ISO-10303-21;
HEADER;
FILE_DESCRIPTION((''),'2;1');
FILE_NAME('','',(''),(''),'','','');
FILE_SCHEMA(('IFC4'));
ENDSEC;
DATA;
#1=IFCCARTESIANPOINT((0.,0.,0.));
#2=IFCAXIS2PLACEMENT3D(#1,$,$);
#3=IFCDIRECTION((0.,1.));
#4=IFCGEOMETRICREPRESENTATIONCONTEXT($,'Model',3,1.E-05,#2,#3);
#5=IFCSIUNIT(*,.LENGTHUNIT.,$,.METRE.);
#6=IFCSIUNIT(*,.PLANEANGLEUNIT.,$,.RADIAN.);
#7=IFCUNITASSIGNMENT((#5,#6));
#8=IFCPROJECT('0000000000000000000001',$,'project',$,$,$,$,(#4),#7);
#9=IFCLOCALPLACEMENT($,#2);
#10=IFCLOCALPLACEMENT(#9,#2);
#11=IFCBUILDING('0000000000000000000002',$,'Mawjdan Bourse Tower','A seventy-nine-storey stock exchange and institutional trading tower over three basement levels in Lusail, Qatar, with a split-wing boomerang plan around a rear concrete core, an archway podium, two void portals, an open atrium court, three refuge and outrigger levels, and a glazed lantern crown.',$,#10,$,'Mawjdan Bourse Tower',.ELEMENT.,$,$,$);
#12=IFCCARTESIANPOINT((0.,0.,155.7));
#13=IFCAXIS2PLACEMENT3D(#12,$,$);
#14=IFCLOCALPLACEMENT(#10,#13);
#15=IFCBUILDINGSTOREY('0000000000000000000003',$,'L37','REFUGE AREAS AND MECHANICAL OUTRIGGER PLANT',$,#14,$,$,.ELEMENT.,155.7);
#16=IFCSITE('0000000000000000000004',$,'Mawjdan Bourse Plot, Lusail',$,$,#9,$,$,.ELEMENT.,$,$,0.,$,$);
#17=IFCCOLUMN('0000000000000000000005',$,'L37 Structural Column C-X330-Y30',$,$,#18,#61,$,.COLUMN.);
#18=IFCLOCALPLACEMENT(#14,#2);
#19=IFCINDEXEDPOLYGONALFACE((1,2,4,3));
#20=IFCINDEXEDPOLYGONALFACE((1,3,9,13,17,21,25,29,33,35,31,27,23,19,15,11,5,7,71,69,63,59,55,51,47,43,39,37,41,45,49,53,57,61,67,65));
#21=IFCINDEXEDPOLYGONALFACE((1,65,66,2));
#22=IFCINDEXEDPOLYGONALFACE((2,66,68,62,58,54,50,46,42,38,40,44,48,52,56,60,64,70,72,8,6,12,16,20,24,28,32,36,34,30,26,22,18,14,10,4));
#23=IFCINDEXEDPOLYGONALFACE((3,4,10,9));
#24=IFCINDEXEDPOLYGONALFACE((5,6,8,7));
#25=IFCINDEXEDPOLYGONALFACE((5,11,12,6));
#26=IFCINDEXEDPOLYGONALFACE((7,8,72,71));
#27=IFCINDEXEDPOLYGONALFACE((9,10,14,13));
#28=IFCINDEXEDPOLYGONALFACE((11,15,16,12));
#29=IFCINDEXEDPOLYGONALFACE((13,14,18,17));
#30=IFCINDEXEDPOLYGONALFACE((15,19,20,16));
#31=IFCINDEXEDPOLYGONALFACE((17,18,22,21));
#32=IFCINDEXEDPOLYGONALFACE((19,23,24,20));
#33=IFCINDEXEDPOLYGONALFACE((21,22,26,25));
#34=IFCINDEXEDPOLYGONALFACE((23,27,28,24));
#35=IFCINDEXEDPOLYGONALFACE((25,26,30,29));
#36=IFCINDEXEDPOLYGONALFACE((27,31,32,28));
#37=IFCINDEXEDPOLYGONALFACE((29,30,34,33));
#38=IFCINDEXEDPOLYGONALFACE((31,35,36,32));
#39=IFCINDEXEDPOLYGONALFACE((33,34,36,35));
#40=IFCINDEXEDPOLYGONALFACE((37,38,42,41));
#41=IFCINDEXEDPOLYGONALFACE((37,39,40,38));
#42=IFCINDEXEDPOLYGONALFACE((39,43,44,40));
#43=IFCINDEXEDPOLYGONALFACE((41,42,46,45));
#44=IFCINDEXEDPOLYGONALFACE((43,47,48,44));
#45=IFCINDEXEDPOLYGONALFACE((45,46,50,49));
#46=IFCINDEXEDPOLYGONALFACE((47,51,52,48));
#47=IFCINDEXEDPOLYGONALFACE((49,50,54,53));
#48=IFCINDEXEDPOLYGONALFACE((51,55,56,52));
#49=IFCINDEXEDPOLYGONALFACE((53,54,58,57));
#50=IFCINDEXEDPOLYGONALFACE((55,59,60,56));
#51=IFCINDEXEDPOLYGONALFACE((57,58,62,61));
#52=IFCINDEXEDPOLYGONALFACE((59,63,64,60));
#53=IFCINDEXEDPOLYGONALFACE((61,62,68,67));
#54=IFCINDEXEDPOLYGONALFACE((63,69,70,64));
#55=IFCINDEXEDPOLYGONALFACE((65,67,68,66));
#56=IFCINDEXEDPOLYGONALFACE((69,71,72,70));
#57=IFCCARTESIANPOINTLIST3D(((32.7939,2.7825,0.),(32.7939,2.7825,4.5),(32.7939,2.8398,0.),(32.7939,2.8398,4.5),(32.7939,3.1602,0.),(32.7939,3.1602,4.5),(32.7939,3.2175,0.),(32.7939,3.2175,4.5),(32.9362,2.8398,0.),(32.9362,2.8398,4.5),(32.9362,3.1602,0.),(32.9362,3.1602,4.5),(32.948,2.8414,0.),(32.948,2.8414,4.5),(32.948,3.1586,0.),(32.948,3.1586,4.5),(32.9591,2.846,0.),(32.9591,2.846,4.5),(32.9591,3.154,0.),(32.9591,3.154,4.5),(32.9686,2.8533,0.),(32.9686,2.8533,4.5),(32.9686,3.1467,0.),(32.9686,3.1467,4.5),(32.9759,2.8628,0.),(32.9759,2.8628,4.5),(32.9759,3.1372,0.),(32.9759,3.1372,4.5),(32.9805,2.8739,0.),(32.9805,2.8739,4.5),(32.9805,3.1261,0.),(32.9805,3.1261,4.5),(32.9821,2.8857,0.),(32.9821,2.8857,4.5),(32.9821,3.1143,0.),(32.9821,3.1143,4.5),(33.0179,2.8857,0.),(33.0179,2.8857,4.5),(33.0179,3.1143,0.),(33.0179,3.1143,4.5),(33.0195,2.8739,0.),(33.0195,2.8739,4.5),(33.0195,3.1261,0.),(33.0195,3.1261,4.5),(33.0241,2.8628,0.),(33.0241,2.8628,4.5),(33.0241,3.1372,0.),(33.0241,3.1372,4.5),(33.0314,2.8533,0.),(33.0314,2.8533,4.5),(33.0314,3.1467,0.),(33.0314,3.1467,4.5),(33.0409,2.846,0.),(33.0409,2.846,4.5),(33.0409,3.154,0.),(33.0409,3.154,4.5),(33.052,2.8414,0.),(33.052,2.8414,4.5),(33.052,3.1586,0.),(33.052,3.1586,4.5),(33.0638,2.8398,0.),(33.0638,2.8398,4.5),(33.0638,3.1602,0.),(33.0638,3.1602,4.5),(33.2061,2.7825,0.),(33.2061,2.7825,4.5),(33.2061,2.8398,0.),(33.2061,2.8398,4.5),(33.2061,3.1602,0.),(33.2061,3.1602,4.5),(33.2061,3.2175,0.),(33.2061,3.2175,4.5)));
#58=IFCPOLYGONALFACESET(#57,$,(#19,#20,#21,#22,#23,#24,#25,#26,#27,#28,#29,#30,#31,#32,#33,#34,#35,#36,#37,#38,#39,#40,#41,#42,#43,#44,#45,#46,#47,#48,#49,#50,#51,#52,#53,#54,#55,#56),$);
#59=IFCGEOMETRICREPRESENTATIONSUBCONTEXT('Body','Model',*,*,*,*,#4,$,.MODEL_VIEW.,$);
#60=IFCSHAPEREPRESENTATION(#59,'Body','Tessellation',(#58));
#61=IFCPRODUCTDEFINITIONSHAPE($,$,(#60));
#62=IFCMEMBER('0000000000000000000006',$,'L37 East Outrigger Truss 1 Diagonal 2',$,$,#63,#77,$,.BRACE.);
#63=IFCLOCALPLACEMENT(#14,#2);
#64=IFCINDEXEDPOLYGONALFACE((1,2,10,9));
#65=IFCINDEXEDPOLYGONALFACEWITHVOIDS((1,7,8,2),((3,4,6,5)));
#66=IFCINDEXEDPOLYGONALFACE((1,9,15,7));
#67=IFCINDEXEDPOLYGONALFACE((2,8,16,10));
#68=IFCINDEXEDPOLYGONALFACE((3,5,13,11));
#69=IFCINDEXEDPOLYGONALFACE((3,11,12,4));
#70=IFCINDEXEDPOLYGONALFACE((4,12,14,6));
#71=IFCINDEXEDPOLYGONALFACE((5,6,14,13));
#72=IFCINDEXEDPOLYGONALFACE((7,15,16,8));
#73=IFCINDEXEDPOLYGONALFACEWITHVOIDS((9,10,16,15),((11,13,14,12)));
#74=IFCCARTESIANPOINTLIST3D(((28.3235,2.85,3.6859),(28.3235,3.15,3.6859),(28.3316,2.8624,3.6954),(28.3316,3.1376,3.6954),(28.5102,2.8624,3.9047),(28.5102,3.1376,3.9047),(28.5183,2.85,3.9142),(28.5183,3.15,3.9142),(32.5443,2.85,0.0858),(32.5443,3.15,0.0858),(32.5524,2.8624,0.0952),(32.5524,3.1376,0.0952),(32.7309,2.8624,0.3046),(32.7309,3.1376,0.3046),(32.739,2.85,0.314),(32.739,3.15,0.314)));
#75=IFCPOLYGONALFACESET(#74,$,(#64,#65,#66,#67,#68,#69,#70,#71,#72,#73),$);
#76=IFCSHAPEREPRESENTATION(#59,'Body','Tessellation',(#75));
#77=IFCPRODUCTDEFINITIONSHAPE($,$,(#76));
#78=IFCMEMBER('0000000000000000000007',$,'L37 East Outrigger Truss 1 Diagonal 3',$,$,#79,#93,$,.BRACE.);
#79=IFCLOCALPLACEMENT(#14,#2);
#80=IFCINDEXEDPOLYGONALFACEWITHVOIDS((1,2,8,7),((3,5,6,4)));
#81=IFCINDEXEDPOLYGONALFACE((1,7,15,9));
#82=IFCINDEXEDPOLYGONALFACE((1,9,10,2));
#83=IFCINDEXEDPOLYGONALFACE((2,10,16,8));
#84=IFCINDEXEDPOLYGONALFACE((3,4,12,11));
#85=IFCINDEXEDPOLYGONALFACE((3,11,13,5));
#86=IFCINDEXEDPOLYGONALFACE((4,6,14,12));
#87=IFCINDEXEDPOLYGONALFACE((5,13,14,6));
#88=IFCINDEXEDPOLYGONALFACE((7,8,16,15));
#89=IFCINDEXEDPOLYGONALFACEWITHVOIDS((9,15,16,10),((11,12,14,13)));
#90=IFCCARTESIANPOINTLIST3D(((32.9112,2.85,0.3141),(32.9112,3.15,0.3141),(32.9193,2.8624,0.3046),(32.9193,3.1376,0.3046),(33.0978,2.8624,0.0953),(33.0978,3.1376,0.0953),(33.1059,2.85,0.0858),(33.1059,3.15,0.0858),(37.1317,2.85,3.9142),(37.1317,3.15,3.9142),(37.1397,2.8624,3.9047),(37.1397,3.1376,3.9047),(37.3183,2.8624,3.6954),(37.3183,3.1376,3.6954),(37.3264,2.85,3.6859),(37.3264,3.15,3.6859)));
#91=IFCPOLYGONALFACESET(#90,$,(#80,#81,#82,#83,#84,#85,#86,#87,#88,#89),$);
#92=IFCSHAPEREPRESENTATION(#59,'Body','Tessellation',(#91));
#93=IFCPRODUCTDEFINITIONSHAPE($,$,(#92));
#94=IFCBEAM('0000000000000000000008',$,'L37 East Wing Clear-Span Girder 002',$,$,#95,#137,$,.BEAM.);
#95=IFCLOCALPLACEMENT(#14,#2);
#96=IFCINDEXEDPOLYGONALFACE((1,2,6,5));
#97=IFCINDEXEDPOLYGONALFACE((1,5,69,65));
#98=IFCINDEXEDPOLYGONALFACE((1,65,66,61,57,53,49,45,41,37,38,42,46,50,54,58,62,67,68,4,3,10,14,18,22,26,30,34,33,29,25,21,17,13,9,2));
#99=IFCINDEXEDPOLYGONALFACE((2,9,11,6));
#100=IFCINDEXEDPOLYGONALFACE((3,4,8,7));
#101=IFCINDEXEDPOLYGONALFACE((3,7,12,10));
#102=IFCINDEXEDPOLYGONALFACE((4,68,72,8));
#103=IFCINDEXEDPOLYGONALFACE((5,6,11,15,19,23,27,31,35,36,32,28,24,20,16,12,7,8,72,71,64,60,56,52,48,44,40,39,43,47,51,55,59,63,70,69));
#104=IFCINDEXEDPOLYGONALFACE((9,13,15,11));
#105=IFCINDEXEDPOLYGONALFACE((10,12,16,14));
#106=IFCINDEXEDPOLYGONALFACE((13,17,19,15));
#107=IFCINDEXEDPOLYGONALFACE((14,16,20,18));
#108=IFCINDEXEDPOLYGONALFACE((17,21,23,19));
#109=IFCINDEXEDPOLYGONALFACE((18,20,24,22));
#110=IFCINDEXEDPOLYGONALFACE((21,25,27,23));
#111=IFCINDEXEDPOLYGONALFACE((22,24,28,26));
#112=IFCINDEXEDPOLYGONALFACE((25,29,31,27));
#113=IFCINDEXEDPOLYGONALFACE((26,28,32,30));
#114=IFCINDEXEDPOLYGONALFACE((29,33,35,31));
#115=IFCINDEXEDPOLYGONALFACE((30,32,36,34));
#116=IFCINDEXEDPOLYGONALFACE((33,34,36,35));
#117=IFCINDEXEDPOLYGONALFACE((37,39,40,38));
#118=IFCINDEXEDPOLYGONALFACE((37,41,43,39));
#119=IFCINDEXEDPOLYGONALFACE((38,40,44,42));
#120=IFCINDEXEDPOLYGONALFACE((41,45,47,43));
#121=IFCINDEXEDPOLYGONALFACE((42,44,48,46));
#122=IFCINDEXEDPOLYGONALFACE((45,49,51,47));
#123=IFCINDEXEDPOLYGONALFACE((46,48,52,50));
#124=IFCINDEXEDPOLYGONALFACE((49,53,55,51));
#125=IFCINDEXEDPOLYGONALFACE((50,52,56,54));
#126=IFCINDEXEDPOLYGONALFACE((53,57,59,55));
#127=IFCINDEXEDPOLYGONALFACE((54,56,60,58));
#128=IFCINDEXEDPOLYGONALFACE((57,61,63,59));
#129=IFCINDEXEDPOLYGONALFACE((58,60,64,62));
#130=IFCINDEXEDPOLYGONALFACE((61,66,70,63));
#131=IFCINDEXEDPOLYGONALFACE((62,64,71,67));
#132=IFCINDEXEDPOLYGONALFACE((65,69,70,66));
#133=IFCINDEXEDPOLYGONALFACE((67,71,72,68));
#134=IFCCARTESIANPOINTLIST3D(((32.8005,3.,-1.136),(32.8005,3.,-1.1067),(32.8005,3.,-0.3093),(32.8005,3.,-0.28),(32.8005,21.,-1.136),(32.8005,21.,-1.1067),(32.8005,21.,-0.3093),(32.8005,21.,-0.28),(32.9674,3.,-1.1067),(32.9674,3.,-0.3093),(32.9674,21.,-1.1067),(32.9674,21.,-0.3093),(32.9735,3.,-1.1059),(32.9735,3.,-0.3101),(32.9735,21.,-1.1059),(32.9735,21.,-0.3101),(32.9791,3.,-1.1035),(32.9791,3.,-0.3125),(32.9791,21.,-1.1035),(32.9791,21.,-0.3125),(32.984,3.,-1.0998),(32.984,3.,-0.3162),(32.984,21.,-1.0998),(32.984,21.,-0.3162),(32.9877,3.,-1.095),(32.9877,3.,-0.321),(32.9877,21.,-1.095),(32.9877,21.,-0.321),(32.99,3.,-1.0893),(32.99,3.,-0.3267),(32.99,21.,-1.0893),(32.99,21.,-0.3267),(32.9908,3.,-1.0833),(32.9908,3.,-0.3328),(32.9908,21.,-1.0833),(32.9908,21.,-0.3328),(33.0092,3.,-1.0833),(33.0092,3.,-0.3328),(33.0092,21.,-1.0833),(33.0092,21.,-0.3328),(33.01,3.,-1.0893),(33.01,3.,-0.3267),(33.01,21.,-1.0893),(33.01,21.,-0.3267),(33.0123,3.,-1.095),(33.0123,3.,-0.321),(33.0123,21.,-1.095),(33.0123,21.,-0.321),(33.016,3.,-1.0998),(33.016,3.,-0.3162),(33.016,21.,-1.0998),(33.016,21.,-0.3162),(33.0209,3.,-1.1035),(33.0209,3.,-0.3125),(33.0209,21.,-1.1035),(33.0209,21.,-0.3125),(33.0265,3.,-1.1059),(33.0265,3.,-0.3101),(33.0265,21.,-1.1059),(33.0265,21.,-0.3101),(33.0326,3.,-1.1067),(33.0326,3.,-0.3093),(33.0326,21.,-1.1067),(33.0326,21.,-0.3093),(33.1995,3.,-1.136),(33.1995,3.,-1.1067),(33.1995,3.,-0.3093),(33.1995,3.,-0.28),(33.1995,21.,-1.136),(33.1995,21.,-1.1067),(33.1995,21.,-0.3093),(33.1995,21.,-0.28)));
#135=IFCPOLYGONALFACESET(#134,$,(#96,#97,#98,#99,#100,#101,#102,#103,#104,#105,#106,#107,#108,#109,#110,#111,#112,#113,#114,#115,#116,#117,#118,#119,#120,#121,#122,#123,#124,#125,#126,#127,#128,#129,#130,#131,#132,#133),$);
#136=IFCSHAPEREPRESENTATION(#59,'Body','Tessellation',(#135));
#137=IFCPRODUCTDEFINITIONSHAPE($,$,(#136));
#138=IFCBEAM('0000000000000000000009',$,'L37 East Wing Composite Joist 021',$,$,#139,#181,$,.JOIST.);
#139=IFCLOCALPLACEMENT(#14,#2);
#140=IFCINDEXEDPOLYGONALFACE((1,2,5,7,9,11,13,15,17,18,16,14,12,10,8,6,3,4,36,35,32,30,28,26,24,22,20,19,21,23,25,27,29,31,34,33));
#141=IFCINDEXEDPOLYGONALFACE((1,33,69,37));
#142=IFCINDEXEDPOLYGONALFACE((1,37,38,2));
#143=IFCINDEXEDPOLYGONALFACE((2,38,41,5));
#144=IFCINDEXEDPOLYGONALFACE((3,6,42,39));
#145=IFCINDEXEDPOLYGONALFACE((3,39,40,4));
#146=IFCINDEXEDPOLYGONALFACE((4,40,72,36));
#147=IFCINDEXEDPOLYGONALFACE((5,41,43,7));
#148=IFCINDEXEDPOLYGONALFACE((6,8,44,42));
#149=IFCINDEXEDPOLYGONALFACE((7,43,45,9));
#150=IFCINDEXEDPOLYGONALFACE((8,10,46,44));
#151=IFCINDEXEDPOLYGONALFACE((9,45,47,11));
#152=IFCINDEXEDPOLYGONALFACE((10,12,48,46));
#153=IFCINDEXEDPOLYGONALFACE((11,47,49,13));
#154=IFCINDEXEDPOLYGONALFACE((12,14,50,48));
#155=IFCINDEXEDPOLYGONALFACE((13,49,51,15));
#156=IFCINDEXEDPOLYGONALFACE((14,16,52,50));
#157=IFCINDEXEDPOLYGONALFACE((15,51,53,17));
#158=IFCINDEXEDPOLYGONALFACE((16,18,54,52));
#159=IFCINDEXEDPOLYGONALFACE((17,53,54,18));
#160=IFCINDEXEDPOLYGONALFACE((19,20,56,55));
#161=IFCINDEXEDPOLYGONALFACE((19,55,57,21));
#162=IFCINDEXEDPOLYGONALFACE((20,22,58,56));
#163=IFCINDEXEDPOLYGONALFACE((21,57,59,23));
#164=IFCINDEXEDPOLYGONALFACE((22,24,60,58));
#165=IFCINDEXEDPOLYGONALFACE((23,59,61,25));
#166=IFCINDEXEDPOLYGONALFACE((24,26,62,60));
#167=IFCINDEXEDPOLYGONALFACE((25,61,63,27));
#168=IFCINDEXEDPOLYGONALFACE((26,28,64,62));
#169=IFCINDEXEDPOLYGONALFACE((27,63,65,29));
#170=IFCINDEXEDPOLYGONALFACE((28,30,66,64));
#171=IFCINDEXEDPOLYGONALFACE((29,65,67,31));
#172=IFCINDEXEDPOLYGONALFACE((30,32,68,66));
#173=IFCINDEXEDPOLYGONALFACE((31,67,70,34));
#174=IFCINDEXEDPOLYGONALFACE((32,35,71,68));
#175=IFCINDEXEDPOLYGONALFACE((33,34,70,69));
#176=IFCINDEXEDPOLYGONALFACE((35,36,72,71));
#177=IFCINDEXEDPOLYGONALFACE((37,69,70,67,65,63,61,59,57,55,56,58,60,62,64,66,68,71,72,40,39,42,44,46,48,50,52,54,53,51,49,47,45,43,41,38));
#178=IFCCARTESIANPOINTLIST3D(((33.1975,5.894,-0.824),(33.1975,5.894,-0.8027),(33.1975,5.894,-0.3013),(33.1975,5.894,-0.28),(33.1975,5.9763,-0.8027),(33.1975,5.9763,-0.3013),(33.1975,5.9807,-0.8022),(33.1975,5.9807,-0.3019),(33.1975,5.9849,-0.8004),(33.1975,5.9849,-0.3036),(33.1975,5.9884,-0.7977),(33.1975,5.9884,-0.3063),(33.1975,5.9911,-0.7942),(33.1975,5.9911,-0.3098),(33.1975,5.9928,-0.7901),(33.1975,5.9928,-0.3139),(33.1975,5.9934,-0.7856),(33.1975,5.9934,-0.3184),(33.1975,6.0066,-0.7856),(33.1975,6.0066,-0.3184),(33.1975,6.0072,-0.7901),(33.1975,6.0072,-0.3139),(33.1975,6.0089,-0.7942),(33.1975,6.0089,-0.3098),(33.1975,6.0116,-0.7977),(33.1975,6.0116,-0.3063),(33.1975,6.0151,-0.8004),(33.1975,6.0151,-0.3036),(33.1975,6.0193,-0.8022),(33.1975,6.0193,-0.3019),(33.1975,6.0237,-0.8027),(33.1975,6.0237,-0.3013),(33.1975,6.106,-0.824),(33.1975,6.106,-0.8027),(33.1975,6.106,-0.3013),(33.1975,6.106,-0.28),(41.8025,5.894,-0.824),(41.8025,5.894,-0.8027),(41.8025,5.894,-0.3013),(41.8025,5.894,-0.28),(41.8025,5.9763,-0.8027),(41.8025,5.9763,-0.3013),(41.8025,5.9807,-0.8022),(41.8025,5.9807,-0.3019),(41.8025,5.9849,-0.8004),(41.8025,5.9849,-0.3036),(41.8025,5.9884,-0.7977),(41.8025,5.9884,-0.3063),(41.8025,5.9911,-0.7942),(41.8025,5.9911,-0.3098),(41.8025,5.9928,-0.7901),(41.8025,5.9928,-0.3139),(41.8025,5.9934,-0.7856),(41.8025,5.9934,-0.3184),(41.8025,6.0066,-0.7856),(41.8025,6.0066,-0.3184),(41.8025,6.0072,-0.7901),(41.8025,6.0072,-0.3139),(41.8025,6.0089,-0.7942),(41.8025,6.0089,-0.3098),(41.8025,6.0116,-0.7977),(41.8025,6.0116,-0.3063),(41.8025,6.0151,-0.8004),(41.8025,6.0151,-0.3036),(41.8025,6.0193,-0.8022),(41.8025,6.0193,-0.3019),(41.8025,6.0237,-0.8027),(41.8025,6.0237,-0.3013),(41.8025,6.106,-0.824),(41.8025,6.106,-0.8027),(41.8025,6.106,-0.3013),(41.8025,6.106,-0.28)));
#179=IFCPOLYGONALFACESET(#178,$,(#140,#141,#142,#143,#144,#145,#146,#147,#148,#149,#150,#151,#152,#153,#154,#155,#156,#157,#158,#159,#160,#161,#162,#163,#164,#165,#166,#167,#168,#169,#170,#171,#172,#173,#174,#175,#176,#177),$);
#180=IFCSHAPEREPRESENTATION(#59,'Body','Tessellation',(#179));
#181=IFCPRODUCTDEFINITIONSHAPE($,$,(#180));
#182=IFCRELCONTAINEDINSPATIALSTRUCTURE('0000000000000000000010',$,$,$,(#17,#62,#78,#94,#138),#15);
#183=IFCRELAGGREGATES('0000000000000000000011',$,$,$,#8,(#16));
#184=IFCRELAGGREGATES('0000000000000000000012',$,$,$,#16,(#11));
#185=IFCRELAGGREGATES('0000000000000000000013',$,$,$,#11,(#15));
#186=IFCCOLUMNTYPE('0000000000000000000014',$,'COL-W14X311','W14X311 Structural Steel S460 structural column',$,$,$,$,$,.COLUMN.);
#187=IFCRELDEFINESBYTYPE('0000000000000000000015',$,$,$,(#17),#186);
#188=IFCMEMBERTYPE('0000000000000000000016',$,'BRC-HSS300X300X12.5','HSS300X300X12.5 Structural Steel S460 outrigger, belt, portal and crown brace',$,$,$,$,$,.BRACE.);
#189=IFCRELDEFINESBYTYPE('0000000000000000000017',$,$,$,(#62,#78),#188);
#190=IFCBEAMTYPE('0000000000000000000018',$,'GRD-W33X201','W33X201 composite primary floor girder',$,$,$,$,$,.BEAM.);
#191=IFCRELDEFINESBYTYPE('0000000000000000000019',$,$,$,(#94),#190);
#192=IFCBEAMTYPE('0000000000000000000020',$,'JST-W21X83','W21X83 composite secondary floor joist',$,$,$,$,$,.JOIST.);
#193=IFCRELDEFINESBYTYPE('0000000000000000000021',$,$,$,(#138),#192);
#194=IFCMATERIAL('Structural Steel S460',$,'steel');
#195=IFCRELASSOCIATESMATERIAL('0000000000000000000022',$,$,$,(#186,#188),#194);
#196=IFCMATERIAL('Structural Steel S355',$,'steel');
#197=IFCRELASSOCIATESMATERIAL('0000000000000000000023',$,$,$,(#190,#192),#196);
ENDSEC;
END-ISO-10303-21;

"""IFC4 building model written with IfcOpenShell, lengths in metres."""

from ifc_helpers import new_model, si_unit, direction, frame, origin, origin_2d, place, context, subcontext, project, spatial, hollow_rectangle, i_section, extrude, material, material_profile, profile_set, type_object, element, save


model = new_model("IFC4")

# Units and contexts
model_context = context("Model", 3, precision=1e-05, world=origin(), true_north=direction((0.0, 1.0)))
body_context = subcontext(model_context, "Body", "Model", "MODEL_VIEW")
ifc_project = project(units=[si_unit("LENGTHUNIT", "METRE"), si_unit("PLANEANGLEUNIT", "RADIAN")], contexts=[model_context])

# Site, building, storey
site_placement = place(None, origin())
site = spatial("IfcSite", under=ifc_project, at=site_placement, Name="Mawjdan Bourse Plot, Lusail", CompositionType="ELEMENT", RefElevation=0.0)
building_placement = place(site_placement, origin())
building = spatial("IfcBuilding", under=site, at=building_placement, Name="Mawjdan Bourse Tower", Description="A seventy-nine-storey stock exchange and institutional trading tower over three basement levels in Lusail, Qatar, with a split-wing boomerang plan around a rear concrete core, an archway podium, two void portals, an open atrium court, three refuge and outrigger levels, and a glazed lantern crown.", LongName="Mawjdan Bourse Tower", CompositionType="ELEMENT")
storey_placement = place(building_placement, frame((0.0, 0.0, 155.7)))
storey = spatial("IfcBuildingStorey", under=building, at=storey_placement, Name="L37", Description="REFUGE AREAS AND MECHANICAL OUTRIGGER PLANT", CompositionType="ELEMENT", Elevation=155.7)

# Column
ifc_material_1 = material(Name="Structural Steel S460", Category="steel")
ifc_material_profile_1 = material_profile(ifc_material_1, i_section(OverallWidth=0.4121, OverallDepth=0.4351, WebThickness=0.0359, FlangeThickness=0.0574, FilletRadius=0.0459, at=origin_2d()), Name="W14X311")
ifc_profile_set_1 = profile_set([ifc_material_profile_1], Name="Structural Steel S460")
column_type = type_object("IfcColumnType", Name="COL-W14X311", Description="W14X311 Structural Steel S460 structural column", PredefinedType="COLUMN", material=ifc_profile_set_1)
column_placement = place(storey_placement, frame((33.0, 3.0, 0.0), z_axis=(0.0, 0.0, 1.0), x_axis=(1.0, 0.0, 0.0)))
element("IfcColumn", 1, at=column_placement, inside=storey, type_object=column_type, Name="L37 Structural Column C-X330-Y30", PredefinedType="COLUMN", context=body_context, shape_type="SweptSolid", body=[
    extrude(i_section(OverallWidth=0.4121, OverallDepth=0.4351, WebThickness=0.0359, FlangeThickness=0.0574, FilletRadius=0.0459, at=origin_2d()), origin(), (0.0, 0.0, 1.0), 4.5),
])

# Members
ifc_material_profile_2 = material_profile(ifc_material_1, hollow_rectangle(XDim=0.3, YDim=0.3, WallThickness=0.0125, at=origin_2d()), Name="HSS300X300X12.5")
ifc_profile_set_2 = profile_set([ifc_material_profile_2], Name="Structural Steel S460")
member_type_1 = type_object("IfcMemberType", Name="BRC-HSS300X300X12.5", Description="HSS300X300X12.5 Structural Steel S460 outrigger, belt, portal and crown brace", PredefinedType="BRACE", material=ifc_profile_set_2)
member_1_placement = place(storey_placement, frame((28.4209, 3.0, 3.8), z_axis=(0.760826, 0.0, -0.648956), x_axis=(0.0, 1.0, 0.0)))
element("IfcMember", 2, at=member_1_placement, inside=storey, type_object=member_type_1, Name="L37 East Outrigger Truss 1 Diagonal 2", PredefinedType="BRACE", context=body_context, shape_type="SweptSolid", body=[
    extrude(hollow_rectangle(XDim=0.3, YDim=0.3, WallThickness=0.0125, at=origin_2d()), origin(), (0.0, 0.0, 1.0), 5.5476),
])
member_2_placement = place(storey_placement, frame((33.0085, 3.0, 0.2), z_axis=(0.760808, 0.0, 0.648977), x_axis=(0.0, 1.0, 0.0)))
element("IfcMember", 3, at=member_2_placement, inside=storey, type_object=member_type_1, Name="L37 East Outrigger Truss 1 Diagonal 3", PredefinedType="BRACE", context=body_context, shape_type="SweptSolid", body=[
    extrude(hollow_rectangle(XDim=0.3, YDim=0.3, WallThickness=0.0125, at=origin_2d()), origin(), (0.0, 0.0, 1.0), 5.5474),
])

# Beams
ifc_material_2 = material(Name="Structural Steel S355", Category="steel")
ifc_material_profile_3 = material_profile(ifc_material_2, i_section(OverallWidth=0.3989, OverallDepth=0.856, WebThickness=0.0183, FlangeThickness=0.0293, FilletRadius=0.0234, at=origin_2d()), Name="W33X201")
ifc_profile_set_3 = profile_set([ifc_material_profile_3], Name="Structural Steel S355")
beam_type_1 = type_object("IfcBeamType", Name="GRD-W33X201", Description="W33X201 composite primary floor girder", PredefinedType="BEAM", material=ifc_profile_set_3)
beam_1_placement = place(storey_placement, frame((33.0, 3.0, -0.708), z_axis=(0.0, 1.0, 0.0), x_axis=(-1.0, 0.0, 0.0)))
element("IfcBeam", 4, at=beam_1_placement, inside=storey, type_object=beam_type_1, Name="L37 East Wing Clear-Span Girder 002", PredefinedType="BEAM", context=body_context, shape_type="SweptSolid", body=[
    extrude(i_section(OverallWidth=0.3989, OverallDepth=0.856, WebThickness=0.0183, FlangeThickness=0.0293, FilletRadius=0.0234, at=origin_2d()), origin(), (0.0, 0.0, 1.0), 18.0),
])
ifc_material_profile_4 = material_profile(ifc_material_2, i_section(OverallWidth=0.2119, OverallDepth=0.5439, WebThickness=0.0132, FlangeThickness=0.0212, FilletRadius=0.0171, at=origin_2d()), Name="W21X83")
ifc_profile_set_4 = profile_set([ifc_material_profile_4], Name="Structural Steel S355")
beam_type_2 = type_object("IfcBeamType", Name="JST-W21X83", Description="W21X83 composite secondary floor joist", PredefinedType="JOIST", material=ifc_profile_set_4)
for number, where, z_axis, x_axis, name in (
    (5, (33.1975, 6.0, -0.552), (1.0, 0.0, 0.0), (0.0, 1.0, 0.0), "L37 East Wing Composite Joist 021"),
):
    element("IfcBeam", number, at=place(storey_placement, frame(where, z_axis=z_axis, x_axis=x_axis)), inside=storey, type_object=beam_type_2, Name=name, PredefinedType="JOIST", context=body_context, shape_type="SweptSolid", body=[
        extrude(i_section(OverallWidth=0.2119, OverallDepth=0.5439, WebThickness=0.0132, FlangeThickness=0.0212, FilletRadius=0.0171, at=origin_2d()), origin(), (0.0, 0.0, 1.0), 8.605),
    ])

save(model, "model.ifc")
